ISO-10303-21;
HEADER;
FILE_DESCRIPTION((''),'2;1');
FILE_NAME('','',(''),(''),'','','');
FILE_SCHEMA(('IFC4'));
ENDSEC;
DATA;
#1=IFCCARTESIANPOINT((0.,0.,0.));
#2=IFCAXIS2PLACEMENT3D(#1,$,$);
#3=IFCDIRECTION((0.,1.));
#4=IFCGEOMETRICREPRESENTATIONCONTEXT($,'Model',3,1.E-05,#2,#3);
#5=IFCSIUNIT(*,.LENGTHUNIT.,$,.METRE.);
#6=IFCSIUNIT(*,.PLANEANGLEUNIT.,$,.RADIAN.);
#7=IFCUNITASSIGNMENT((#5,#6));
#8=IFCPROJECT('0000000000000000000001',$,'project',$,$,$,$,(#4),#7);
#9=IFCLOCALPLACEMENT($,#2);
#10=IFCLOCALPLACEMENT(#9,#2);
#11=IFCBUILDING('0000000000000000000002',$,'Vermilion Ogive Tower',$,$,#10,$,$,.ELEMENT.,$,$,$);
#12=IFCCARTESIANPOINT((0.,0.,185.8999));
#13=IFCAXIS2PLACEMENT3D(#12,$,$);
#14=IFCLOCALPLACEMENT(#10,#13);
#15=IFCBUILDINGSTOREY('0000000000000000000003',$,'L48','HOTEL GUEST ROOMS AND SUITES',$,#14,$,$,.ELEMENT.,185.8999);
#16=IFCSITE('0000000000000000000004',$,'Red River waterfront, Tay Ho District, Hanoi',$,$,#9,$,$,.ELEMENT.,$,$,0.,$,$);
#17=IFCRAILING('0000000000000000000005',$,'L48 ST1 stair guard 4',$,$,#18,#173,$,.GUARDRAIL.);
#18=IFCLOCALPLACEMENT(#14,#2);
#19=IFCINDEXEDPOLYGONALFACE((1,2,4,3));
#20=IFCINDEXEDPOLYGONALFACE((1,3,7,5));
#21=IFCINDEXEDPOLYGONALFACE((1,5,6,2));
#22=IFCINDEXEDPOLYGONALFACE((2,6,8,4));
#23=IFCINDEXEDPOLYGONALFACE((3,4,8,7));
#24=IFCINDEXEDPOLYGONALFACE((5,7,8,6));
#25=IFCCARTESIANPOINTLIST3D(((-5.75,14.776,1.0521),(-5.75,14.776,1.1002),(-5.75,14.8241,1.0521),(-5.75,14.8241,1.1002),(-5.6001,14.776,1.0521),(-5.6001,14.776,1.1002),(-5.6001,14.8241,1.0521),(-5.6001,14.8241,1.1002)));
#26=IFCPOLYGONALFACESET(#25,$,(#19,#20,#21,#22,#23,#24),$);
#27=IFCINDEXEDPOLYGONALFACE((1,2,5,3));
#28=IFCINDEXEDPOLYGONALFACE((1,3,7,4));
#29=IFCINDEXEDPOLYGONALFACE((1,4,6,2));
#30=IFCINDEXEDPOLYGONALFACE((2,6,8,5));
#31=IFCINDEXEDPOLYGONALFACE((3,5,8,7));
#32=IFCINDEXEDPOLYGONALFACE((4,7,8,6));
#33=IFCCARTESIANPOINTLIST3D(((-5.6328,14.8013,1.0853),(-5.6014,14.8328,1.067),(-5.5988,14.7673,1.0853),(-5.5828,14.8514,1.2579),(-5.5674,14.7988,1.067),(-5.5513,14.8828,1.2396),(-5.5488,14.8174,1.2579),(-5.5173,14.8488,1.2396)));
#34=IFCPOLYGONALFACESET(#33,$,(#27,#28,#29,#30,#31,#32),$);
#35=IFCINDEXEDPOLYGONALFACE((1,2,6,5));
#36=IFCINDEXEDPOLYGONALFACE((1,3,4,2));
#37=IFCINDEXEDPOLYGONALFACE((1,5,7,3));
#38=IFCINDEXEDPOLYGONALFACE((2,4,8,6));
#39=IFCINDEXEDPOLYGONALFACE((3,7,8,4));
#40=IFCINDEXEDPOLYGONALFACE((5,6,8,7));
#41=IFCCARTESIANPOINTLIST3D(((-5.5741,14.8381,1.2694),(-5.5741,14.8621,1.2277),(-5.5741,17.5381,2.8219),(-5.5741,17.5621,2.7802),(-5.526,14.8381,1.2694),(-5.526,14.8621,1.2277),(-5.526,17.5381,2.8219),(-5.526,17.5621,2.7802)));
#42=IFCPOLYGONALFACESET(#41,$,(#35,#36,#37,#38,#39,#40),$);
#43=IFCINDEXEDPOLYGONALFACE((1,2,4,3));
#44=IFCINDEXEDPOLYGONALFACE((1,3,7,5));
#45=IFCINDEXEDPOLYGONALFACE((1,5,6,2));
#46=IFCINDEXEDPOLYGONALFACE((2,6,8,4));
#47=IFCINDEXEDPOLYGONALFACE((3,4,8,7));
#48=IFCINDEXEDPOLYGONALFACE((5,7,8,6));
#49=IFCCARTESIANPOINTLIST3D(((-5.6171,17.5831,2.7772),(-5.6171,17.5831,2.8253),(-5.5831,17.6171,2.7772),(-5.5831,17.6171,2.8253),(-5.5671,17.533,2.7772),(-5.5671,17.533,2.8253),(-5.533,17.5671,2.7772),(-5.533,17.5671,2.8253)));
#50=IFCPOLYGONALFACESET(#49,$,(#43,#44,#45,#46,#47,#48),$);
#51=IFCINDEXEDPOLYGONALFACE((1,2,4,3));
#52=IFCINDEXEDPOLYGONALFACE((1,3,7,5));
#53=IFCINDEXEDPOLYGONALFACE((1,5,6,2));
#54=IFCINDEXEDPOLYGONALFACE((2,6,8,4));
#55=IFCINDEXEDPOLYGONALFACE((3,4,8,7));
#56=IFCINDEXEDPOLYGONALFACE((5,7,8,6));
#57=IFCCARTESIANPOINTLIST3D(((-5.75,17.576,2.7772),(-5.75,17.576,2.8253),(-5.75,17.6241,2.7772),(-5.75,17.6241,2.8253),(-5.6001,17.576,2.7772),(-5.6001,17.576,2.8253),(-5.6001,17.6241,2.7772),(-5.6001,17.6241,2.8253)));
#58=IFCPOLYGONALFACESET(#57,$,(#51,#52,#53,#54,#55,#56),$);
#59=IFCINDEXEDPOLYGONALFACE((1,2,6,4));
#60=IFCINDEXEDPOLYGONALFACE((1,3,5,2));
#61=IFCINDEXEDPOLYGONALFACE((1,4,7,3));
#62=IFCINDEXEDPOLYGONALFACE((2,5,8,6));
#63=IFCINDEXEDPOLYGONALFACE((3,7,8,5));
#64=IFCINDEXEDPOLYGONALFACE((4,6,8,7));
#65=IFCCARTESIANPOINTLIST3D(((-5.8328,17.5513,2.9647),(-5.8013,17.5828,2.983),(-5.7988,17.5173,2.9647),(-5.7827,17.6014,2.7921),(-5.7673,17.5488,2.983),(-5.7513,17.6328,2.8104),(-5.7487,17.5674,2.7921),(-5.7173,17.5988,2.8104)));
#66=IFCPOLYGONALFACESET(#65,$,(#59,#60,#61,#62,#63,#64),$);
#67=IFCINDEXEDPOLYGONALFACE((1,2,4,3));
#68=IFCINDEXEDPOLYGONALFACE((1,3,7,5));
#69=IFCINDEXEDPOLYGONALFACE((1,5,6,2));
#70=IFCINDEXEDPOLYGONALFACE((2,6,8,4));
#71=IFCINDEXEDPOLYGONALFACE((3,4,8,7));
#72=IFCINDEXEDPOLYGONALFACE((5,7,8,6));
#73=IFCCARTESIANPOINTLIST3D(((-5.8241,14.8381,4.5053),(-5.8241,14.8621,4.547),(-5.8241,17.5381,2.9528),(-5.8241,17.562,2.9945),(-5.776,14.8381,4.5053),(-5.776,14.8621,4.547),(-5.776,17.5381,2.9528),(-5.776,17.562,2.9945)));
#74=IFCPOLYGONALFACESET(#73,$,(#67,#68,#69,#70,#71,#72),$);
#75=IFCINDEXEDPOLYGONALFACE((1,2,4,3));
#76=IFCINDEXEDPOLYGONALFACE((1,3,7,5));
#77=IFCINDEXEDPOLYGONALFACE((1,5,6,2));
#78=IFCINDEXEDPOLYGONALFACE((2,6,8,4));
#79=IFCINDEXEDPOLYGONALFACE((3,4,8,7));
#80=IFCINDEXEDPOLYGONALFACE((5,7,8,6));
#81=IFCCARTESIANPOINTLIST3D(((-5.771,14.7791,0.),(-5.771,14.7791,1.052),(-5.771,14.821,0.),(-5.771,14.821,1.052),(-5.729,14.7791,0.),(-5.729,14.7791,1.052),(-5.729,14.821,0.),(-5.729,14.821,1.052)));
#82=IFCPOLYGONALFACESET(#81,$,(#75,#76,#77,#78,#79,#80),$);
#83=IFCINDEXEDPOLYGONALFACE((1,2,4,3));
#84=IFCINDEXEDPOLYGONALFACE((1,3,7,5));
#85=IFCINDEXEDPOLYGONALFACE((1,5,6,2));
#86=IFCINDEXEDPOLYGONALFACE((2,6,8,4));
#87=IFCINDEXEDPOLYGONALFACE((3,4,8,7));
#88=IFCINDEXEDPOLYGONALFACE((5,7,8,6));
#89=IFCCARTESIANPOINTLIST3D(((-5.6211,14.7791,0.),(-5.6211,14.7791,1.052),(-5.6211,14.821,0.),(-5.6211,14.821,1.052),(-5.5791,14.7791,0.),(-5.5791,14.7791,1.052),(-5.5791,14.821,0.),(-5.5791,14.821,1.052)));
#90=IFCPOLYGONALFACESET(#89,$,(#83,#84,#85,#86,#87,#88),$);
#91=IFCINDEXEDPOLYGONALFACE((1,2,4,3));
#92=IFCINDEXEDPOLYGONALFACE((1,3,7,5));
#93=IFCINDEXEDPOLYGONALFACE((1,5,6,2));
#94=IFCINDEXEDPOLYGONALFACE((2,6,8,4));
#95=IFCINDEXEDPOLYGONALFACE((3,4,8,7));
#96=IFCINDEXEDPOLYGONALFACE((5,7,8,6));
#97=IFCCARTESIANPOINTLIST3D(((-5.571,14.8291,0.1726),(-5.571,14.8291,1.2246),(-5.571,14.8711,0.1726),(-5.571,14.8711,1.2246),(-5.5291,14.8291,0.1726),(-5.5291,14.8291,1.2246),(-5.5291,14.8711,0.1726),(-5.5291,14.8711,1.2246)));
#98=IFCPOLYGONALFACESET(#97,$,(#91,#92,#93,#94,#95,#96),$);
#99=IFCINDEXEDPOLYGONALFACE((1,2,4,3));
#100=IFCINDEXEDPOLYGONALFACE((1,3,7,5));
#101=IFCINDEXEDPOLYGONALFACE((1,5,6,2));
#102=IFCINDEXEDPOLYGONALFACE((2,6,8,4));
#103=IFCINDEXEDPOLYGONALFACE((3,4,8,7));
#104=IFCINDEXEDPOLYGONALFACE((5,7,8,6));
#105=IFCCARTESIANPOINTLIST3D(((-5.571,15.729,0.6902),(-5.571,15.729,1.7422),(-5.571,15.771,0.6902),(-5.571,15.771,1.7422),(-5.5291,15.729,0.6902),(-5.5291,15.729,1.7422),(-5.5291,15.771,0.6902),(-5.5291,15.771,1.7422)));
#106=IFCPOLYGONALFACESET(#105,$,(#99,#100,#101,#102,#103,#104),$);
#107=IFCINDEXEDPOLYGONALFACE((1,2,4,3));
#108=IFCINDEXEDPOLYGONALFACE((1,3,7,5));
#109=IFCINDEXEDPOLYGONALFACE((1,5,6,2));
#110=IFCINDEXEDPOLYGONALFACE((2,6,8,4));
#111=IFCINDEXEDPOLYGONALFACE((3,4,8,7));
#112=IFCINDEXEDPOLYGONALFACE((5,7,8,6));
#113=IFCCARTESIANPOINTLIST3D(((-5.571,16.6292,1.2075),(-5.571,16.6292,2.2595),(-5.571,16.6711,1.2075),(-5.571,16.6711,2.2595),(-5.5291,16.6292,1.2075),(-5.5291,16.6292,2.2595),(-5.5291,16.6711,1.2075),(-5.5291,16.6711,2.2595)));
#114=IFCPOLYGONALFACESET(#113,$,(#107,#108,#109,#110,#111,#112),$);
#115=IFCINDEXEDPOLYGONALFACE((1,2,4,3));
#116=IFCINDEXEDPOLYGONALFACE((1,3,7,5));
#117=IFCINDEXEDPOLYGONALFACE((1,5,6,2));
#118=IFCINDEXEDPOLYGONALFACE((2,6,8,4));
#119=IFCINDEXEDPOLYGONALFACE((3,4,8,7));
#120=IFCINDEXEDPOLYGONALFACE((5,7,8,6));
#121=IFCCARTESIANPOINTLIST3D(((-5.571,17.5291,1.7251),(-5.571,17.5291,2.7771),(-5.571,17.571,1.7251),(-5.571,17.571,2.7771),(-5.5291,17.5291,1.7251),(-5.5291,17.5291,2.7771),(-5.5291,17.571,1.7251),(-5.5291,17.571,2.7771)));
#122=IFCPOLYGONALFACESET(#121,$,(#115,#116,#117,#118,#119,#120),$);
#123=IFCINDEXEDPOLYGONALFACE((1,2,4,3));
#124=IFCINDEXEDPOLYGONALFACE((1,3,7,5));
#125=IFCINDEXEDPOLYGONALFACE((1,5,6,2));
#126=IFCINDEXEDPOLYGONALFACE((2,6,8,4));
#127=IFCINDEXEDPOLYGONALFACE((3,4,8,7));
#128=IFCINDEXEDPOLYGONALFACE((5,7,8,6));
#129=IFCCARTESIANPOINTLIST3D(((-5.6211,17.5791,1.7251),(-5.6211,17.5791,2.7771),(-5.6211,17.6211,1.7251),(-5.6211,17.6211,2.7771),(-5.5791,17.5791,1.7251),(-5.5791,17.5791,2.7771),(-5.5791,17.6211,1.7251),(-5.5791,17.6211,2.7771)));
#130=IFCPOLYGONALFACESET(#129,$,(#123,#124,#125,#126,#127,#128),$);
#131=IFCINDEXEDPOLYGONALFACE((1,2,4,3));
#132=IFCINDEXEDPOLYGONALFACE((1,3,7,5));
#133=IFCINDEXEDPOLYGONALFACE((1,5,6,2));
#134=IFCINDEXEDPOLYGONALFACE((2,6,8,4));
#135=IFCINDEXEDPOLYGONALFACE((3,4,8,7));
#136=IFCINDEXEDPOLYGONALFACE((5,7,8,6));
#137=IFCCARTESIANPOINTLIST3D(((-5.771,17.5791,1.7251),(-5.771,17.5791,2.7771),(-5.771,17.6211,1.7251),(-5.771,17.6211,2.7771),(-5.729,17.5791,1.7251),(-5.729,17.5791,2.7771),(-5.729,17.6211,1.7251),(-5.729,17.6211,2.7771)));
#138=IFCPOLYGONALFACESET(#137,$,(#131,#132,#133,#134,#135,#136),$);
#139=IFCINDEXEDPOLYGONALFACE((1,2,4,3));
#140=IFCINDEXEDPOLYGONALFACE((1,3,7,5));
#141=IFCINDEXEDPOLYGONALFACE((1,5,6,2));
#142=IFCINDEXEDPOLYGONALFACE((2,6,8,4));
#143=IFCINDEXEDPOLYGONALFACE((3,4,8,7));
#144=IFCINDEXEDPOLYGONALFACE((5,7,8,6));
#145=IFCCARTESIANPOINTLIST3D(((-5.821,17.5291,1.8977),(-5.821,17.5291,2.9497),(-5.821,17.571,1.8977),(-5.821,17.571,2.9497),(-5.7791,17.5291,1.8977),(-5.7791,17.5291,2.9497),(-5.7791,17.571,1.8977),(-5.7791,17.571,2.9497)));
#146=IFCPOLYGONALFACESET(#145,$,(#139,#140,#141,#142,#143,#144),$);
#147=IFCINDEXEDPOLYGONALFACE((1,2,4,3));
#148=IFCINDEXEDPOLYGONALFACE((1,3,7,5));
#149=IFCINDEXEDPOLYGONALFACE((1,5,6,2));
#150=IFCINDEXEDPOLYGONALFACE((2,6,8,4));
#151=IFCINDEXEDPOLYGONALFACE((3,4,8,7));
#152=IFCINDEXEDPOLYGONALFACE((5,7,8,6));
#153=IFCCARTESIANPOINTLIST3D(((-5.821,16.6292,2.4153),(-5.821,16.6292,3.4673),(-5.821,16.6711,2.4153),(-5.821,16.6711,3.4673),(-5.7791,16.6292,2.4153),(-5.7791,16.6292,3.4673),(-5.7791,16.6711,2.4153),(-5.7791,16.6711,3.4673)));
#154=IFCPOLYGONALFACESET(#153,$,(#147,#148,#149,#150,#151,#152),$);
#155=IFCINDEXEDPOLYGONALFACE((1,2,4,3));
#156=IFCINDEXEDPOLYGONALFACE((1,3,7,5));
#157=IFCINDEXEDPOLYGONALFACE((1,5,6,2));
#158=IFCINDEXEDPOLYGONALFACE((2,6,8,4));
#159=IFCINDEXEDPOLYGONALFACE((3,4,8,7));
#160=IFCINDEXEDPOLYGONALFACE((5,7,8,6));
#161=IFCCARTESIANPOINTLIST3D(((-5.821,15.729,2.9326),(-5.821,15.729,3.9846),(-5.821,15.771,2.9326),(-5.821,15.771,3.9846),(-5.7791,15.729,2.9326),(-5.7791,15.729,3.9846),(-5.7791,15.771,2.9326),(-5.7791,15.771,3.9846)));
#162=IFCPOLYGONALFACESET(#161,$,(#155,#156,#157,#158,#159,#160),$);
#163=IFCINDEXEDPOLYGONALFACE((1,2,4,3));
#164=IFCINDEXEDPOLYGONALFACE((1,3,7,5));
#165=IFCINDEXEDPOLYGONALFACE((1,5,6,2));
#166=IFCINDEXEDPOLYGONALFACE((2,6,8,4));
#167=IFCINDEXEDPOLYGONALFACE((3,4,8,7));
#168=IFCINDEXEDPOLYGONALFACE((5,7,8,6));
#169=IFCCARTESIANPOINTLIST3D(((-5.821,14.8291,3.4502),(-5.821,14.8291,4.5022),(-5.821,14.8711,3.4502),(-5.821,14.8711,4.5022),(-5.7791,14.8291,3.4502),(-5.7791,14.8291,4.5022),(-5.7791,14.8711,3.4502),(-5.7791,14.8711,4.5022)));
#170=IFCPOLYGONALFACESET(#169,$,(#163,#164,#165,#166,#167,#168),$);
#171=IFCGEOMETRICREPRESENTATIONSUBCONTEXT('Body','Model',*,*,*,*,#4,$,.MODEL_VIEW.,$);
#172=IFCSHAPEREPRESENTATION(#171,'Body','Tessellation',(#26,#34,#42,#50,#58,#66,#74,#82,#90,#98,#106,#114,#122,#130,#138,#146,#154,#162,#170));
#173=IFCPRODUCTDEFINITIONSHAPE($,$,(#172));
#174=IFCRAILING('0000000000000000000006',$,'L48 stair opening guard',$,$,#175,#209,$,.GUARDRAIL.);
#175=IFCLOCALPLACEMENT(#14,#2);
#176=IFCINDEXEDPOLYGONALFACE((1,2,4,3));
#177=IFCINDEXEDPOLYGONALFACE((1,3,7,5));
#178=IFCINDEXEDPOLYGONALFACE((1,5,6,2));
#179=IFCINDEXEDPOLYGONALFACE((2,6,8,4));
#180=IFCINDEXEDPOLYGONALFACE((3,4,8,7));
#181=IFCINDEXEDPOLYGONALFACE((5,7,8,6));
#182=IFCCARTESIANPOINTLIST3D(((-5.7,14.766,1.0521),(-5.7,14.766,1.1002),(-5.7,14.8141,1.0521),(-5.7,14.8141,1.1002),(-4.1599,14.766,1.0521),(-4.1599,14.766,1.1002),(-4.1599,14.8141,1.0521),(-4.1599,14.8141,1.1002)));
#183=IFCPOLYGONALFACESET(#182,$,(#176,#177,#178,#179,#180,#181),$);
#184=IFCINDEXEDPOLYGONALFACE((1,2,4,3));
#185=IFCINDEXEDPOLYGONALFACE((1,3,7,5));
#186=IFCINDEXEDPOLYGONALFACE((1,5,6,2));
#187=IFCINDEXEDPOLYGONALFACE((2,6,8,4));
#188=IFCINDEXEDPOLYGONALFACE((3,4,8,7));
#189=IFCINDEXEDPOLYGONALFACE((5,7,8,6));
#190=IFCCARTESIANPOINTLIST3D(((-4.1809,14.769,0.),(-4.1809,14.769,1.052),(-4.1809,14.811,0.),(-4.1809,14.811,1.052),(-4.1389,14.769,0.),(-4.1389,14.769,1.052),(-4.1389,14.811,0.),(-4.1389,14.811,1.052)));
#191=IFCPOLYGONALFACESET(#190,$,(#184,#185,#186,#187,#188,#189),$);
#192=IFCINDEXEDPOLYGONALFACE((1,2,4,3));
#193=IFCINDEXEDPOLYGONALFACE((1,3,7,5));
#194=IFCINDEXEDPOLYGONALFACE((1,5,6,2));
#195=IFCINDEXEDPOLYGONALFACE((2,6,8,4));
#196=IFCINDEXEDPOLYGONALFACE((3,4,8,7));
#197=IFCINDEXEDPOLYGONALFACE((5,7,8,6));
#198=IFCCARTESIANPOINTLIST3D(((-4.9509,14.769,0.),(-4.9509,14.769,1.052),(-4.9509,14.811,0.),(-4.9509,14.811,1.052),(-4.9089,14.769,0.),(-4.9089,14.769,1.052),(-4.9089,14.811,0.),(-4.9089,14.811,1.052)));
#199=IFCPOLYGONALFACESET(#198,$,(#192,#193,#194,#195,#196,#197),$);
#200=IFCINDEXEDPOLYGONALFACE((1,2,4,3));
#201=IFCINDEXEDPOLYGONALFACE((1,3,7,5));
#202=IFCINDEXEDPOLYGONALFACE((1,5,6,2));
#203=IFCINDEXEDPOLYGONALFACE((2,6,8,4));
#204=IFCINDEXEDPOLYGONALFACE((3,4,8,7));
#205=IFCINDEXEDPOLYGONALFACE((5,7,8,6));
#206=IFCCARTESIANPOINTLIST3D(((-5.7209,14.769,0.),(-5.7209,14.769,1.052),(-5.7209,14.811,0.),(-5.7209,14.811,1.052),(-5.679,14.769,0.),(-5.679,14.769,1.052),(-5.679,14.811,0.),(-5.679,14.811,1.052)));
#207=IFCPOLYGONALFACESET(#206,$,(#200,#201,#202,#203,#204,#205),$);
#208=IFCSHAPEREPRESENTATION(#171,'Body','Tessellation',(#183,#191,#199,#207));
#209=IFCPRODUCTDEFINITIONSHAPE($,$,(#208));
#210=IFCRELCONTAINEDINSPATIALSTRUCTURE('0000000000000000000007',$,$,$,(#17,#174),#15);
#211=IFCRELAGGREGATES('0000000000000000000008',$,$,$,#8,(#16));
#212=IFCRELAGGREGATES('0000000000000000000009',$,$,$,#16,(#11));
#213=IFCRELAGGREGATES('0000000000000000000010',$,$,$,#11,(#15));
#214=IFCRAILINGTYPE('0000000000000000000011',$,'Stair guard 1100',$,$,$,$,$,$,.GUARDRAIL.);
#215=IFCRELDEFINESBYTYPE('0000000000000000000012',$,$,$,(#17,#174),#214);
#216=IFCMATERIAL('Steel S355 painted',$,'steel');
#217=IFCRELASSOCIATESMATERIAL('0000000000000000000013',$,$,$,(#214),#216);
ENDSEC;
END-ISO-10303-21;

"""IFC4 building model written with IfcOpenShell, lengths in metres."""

from ifc_helpers import new_model, si_unit, direction, frame, origin, origin_2d, place, context, subcontext, project, spatial, rectangle, extrude, material, type_object, element, save


model = new_model("IFC4")

# Units and contexts
model_context = context("Model", 3, precision=1e-05, world=origin(), true_north=direction((0.0, 1.0)))
body_context = subcontext(model_context, "Body", "Model", "MODEL_VIEW")
ifc_project = project(units=[si_unit("LENGTHUNIT", "METRE"), si_unit("PLANEANGLEUNIT", "RADIAN")], contexts=[model_context])

# Site, building, storey
site_placement = place(None, origin())
site = spatial("IfcSite", under=ifc_project, at=site_placement, Name="Red River waterfront, Tay Ho District, Hanoi", CompositionType="ELEMENT", RefElevation=0.0)
building_placement = place(site_placement, origin())
building = spatial("IfcBuilding", under=site, at=building_placement, Name="Vermilion Ogive Tower", CompositionType="ELEMENT")
storey_placement = place(building_placement, frame((0.0, 0.0, 185.8999)))
storey = spatial("IfcBuildingStorey", under=building, at=storey_placement, Name="L48", Description="HOTEL GUEST ROOMS AND SUITES", CompositionType="ELEMENT", Elevation=185.8999)

# Railings
ifc_material_1 = material(Name="Steel S355 painted", Category="steel")
railing_type_1 = type_object("IfcRailingType", Name="Stair guard 1100", PredefinedType="GUARDRAIL", material=ifc_material_1)
railing_1_placement = place(storey_placement, frame((-5.75, 14.8, 0.0)))
element("IfcRailing", 1, at=railing_1_placement, inside=storey, type_object=railing_type_1, Name="L48 ST1 stair guard 4", PredefinedType="GUARDRAIL", context=body_context, shape_type="SweptSolid", body=[
    extrude(rectangle(XDim=0.0481, YDim=0.0481, at=origin_2d()), frame((0.0, 0.0, 1.0762), z_axis=(1.0, 0.0, 0.0), x_axis=(0.0, 1.0, 0.0)), (0.0, 0.0, 1.0), 0.1499),
    extrude(rectangle(XDim=0.0481, YDim=0.0481, at=origin_2d()), frame((0.1499, 0.0, 1.0762), z_axis=(0.268278, 0.268278, 0.925232), x_axis=(-0.707107, 0.707107, 0.0)), (0.0, 0.0, 1.0), 0.1865),
    extrude(rectangle(XDim=0.0481, YDim=0.0481, at=origin_2d()), frame((0.2, 0.05, 1.2485), z_axis=(0.0, 0.866904, 0.498476), x_axis=(-1.0, 0.0, 0.0)), (0.0, 0.0, 1.0), 3.1145),
    extrude(rectangle(XDim=0.0481, YDim=0.0481, at=origin_2d()), frame((0.2, 2.75, 2.8013), z_axis=(-0.707107, 0.707107, 0.0), x_axis=(-0.707107, -0.707107, 0.0)), (0.0, 0.0, 1.0), 0.0708),
    extrude(rectangle(XDim=0.0481, YDim=0.0481, at=origin_2d()), frame((0.1499, 2.8, 2.8013), z_axis=(-1.0, 0.0, 0.0), x_axis=(0.0, -1.0, 0.0)), (0.0, 0.0, 1.0), 0.1499),
    extrude(rectangle(XDim=0.0481, YDim=0.0481, at=origin_2d()), frame((0.0, 2.8, 2.8013), z_axis=(-0.268278, -0.268278, 0.925232), x_axis=(0.707107, -0.707107, 0.0)), (0.0, 0.0, 1.0), 0.1865),
    extrude(rectangle(XDim=0.0481, YDim=0.0481, at=origin_2d()), frame((-0.05, 2.75, 2.9736), z_axis=(0.0, -0.866904, 0.498476), x_axis=(1.0, 0.0, 0.0)), (0.0, 0.0, 1.0), 3.1145),
    extrude(rectangle(XDim=0.042, YDim=0.042, at=origin_2d()), origin(), (0.0, 0.0, 1.0), 1.052),
    extrude(rectangle(XDim=0.042, YDim=0.042, at=origin_2d()), frame((0.1499, 0.0, 0.0)), (0.0, 0.0, 1.0), 1.052),
    extrude(rectangle(XDim=0.042, YDim=0.042, at=origin_2d()), frame((0.2, 0.05, 0.1726)), (0.0, 0.0, 1.0), 1.052),
    extrude(rectangle(XDim=0.042, YDim=0.042, at=origin_2d()), frame((0.2, 0.95, 0.6902)), (0.0, 0.0, 1.0), 1.052),
    extrude(rectangle(XDim=0.042, YDim=0.042, at=origin_2d()), frame((0.2, 1.8501, 1.2075)), (0.0, 0.0, 1.0), 1.052),
    extrude(rectangle(XDim=0.042, YDim=0.042, at=origin_2d()), frame((0.2, 2.75, 1.7251)), (0.0, 0.0, 1.0), 1.052),
    extrude(rectangle(XDim=0.042, YDim=0.042, at=origin_2d()), frame((0.1499, 2.8, 1.7251)), (0.0, 0.0, 1.0), 1.052),
    extrude(rectangle(XDim=0.042, YDim=0.042, at=origin_2d()), frame((0.0, 2.8, 1.7251)), (0.0, 0.0, 1.0), 1.052),
    extrude(rectangle(XDim=0.042, YDim=0.042, at=origin_2d()), frame((-0.05, 2.75, 1.8977)), (0.0, 0.0, 1.0), 1.052),
    extrude(rectangle(XDim=0.042, YDim=0.042, at=origin_2d()), frame((-0.05, 1.8501, 2.4153)), (0.0, 0.0, 1.0), 1.052),
    extrude(rectangle(XDim=0.042, YDim=0.042, at=origin_2d()), frame((-0.05, 0.95, 2.9326)), (0.0, 0.0, 1.0), 1.052),
    extrude(rectangle(XDim=0.042, YDim=0.042, at=origin_2d()), frame((-0.05, 0.05, 3.4502)), (0.0, 0.0, 1.0), 1.052),
])
railing_2_placement = place(storey_placement, frame((-4.1599, 14.79, 0.0)))
element("IfcRailing", 2, at=railing_2_placement, inside=storey, type_object=railing_type_1, Name="L48 stair opening guard", PredefinedType="GUARDRAIL", context=body_context, shape_type="SweptSolid", body=[
    extrude(rectangle(XDim=0.0481, YDim=0.0481, at=origin_2d()), frame((0.0, 0.0, 1.0762), z_axis=(-1.0, 0.0, 0.0), x_axis=(0.0, -1.0, 0.0)), (0.0, 0.0, 1.0), 1.54),
    extrude(rectangle(XDim=0.042, YDim=0.042, at=origin_2d()), origin(), (0.0, 0.0, 1.0), 1.052),
    extrude(rectangle(XDim=0.042, YDim=0.042, at=origin_2d()), frame((-0.77, 0.0, 0.0)), (0.0, 0.0, 1.0), 1.052),
    extrude(rectangle(XDim=0.042, YDim=0.042, at=origin_2d()), frame((-1.54, 0.0, 0.0)), (0.0, 0.0, 1.0), 1.052),
])

save(model, "model.ifc")
